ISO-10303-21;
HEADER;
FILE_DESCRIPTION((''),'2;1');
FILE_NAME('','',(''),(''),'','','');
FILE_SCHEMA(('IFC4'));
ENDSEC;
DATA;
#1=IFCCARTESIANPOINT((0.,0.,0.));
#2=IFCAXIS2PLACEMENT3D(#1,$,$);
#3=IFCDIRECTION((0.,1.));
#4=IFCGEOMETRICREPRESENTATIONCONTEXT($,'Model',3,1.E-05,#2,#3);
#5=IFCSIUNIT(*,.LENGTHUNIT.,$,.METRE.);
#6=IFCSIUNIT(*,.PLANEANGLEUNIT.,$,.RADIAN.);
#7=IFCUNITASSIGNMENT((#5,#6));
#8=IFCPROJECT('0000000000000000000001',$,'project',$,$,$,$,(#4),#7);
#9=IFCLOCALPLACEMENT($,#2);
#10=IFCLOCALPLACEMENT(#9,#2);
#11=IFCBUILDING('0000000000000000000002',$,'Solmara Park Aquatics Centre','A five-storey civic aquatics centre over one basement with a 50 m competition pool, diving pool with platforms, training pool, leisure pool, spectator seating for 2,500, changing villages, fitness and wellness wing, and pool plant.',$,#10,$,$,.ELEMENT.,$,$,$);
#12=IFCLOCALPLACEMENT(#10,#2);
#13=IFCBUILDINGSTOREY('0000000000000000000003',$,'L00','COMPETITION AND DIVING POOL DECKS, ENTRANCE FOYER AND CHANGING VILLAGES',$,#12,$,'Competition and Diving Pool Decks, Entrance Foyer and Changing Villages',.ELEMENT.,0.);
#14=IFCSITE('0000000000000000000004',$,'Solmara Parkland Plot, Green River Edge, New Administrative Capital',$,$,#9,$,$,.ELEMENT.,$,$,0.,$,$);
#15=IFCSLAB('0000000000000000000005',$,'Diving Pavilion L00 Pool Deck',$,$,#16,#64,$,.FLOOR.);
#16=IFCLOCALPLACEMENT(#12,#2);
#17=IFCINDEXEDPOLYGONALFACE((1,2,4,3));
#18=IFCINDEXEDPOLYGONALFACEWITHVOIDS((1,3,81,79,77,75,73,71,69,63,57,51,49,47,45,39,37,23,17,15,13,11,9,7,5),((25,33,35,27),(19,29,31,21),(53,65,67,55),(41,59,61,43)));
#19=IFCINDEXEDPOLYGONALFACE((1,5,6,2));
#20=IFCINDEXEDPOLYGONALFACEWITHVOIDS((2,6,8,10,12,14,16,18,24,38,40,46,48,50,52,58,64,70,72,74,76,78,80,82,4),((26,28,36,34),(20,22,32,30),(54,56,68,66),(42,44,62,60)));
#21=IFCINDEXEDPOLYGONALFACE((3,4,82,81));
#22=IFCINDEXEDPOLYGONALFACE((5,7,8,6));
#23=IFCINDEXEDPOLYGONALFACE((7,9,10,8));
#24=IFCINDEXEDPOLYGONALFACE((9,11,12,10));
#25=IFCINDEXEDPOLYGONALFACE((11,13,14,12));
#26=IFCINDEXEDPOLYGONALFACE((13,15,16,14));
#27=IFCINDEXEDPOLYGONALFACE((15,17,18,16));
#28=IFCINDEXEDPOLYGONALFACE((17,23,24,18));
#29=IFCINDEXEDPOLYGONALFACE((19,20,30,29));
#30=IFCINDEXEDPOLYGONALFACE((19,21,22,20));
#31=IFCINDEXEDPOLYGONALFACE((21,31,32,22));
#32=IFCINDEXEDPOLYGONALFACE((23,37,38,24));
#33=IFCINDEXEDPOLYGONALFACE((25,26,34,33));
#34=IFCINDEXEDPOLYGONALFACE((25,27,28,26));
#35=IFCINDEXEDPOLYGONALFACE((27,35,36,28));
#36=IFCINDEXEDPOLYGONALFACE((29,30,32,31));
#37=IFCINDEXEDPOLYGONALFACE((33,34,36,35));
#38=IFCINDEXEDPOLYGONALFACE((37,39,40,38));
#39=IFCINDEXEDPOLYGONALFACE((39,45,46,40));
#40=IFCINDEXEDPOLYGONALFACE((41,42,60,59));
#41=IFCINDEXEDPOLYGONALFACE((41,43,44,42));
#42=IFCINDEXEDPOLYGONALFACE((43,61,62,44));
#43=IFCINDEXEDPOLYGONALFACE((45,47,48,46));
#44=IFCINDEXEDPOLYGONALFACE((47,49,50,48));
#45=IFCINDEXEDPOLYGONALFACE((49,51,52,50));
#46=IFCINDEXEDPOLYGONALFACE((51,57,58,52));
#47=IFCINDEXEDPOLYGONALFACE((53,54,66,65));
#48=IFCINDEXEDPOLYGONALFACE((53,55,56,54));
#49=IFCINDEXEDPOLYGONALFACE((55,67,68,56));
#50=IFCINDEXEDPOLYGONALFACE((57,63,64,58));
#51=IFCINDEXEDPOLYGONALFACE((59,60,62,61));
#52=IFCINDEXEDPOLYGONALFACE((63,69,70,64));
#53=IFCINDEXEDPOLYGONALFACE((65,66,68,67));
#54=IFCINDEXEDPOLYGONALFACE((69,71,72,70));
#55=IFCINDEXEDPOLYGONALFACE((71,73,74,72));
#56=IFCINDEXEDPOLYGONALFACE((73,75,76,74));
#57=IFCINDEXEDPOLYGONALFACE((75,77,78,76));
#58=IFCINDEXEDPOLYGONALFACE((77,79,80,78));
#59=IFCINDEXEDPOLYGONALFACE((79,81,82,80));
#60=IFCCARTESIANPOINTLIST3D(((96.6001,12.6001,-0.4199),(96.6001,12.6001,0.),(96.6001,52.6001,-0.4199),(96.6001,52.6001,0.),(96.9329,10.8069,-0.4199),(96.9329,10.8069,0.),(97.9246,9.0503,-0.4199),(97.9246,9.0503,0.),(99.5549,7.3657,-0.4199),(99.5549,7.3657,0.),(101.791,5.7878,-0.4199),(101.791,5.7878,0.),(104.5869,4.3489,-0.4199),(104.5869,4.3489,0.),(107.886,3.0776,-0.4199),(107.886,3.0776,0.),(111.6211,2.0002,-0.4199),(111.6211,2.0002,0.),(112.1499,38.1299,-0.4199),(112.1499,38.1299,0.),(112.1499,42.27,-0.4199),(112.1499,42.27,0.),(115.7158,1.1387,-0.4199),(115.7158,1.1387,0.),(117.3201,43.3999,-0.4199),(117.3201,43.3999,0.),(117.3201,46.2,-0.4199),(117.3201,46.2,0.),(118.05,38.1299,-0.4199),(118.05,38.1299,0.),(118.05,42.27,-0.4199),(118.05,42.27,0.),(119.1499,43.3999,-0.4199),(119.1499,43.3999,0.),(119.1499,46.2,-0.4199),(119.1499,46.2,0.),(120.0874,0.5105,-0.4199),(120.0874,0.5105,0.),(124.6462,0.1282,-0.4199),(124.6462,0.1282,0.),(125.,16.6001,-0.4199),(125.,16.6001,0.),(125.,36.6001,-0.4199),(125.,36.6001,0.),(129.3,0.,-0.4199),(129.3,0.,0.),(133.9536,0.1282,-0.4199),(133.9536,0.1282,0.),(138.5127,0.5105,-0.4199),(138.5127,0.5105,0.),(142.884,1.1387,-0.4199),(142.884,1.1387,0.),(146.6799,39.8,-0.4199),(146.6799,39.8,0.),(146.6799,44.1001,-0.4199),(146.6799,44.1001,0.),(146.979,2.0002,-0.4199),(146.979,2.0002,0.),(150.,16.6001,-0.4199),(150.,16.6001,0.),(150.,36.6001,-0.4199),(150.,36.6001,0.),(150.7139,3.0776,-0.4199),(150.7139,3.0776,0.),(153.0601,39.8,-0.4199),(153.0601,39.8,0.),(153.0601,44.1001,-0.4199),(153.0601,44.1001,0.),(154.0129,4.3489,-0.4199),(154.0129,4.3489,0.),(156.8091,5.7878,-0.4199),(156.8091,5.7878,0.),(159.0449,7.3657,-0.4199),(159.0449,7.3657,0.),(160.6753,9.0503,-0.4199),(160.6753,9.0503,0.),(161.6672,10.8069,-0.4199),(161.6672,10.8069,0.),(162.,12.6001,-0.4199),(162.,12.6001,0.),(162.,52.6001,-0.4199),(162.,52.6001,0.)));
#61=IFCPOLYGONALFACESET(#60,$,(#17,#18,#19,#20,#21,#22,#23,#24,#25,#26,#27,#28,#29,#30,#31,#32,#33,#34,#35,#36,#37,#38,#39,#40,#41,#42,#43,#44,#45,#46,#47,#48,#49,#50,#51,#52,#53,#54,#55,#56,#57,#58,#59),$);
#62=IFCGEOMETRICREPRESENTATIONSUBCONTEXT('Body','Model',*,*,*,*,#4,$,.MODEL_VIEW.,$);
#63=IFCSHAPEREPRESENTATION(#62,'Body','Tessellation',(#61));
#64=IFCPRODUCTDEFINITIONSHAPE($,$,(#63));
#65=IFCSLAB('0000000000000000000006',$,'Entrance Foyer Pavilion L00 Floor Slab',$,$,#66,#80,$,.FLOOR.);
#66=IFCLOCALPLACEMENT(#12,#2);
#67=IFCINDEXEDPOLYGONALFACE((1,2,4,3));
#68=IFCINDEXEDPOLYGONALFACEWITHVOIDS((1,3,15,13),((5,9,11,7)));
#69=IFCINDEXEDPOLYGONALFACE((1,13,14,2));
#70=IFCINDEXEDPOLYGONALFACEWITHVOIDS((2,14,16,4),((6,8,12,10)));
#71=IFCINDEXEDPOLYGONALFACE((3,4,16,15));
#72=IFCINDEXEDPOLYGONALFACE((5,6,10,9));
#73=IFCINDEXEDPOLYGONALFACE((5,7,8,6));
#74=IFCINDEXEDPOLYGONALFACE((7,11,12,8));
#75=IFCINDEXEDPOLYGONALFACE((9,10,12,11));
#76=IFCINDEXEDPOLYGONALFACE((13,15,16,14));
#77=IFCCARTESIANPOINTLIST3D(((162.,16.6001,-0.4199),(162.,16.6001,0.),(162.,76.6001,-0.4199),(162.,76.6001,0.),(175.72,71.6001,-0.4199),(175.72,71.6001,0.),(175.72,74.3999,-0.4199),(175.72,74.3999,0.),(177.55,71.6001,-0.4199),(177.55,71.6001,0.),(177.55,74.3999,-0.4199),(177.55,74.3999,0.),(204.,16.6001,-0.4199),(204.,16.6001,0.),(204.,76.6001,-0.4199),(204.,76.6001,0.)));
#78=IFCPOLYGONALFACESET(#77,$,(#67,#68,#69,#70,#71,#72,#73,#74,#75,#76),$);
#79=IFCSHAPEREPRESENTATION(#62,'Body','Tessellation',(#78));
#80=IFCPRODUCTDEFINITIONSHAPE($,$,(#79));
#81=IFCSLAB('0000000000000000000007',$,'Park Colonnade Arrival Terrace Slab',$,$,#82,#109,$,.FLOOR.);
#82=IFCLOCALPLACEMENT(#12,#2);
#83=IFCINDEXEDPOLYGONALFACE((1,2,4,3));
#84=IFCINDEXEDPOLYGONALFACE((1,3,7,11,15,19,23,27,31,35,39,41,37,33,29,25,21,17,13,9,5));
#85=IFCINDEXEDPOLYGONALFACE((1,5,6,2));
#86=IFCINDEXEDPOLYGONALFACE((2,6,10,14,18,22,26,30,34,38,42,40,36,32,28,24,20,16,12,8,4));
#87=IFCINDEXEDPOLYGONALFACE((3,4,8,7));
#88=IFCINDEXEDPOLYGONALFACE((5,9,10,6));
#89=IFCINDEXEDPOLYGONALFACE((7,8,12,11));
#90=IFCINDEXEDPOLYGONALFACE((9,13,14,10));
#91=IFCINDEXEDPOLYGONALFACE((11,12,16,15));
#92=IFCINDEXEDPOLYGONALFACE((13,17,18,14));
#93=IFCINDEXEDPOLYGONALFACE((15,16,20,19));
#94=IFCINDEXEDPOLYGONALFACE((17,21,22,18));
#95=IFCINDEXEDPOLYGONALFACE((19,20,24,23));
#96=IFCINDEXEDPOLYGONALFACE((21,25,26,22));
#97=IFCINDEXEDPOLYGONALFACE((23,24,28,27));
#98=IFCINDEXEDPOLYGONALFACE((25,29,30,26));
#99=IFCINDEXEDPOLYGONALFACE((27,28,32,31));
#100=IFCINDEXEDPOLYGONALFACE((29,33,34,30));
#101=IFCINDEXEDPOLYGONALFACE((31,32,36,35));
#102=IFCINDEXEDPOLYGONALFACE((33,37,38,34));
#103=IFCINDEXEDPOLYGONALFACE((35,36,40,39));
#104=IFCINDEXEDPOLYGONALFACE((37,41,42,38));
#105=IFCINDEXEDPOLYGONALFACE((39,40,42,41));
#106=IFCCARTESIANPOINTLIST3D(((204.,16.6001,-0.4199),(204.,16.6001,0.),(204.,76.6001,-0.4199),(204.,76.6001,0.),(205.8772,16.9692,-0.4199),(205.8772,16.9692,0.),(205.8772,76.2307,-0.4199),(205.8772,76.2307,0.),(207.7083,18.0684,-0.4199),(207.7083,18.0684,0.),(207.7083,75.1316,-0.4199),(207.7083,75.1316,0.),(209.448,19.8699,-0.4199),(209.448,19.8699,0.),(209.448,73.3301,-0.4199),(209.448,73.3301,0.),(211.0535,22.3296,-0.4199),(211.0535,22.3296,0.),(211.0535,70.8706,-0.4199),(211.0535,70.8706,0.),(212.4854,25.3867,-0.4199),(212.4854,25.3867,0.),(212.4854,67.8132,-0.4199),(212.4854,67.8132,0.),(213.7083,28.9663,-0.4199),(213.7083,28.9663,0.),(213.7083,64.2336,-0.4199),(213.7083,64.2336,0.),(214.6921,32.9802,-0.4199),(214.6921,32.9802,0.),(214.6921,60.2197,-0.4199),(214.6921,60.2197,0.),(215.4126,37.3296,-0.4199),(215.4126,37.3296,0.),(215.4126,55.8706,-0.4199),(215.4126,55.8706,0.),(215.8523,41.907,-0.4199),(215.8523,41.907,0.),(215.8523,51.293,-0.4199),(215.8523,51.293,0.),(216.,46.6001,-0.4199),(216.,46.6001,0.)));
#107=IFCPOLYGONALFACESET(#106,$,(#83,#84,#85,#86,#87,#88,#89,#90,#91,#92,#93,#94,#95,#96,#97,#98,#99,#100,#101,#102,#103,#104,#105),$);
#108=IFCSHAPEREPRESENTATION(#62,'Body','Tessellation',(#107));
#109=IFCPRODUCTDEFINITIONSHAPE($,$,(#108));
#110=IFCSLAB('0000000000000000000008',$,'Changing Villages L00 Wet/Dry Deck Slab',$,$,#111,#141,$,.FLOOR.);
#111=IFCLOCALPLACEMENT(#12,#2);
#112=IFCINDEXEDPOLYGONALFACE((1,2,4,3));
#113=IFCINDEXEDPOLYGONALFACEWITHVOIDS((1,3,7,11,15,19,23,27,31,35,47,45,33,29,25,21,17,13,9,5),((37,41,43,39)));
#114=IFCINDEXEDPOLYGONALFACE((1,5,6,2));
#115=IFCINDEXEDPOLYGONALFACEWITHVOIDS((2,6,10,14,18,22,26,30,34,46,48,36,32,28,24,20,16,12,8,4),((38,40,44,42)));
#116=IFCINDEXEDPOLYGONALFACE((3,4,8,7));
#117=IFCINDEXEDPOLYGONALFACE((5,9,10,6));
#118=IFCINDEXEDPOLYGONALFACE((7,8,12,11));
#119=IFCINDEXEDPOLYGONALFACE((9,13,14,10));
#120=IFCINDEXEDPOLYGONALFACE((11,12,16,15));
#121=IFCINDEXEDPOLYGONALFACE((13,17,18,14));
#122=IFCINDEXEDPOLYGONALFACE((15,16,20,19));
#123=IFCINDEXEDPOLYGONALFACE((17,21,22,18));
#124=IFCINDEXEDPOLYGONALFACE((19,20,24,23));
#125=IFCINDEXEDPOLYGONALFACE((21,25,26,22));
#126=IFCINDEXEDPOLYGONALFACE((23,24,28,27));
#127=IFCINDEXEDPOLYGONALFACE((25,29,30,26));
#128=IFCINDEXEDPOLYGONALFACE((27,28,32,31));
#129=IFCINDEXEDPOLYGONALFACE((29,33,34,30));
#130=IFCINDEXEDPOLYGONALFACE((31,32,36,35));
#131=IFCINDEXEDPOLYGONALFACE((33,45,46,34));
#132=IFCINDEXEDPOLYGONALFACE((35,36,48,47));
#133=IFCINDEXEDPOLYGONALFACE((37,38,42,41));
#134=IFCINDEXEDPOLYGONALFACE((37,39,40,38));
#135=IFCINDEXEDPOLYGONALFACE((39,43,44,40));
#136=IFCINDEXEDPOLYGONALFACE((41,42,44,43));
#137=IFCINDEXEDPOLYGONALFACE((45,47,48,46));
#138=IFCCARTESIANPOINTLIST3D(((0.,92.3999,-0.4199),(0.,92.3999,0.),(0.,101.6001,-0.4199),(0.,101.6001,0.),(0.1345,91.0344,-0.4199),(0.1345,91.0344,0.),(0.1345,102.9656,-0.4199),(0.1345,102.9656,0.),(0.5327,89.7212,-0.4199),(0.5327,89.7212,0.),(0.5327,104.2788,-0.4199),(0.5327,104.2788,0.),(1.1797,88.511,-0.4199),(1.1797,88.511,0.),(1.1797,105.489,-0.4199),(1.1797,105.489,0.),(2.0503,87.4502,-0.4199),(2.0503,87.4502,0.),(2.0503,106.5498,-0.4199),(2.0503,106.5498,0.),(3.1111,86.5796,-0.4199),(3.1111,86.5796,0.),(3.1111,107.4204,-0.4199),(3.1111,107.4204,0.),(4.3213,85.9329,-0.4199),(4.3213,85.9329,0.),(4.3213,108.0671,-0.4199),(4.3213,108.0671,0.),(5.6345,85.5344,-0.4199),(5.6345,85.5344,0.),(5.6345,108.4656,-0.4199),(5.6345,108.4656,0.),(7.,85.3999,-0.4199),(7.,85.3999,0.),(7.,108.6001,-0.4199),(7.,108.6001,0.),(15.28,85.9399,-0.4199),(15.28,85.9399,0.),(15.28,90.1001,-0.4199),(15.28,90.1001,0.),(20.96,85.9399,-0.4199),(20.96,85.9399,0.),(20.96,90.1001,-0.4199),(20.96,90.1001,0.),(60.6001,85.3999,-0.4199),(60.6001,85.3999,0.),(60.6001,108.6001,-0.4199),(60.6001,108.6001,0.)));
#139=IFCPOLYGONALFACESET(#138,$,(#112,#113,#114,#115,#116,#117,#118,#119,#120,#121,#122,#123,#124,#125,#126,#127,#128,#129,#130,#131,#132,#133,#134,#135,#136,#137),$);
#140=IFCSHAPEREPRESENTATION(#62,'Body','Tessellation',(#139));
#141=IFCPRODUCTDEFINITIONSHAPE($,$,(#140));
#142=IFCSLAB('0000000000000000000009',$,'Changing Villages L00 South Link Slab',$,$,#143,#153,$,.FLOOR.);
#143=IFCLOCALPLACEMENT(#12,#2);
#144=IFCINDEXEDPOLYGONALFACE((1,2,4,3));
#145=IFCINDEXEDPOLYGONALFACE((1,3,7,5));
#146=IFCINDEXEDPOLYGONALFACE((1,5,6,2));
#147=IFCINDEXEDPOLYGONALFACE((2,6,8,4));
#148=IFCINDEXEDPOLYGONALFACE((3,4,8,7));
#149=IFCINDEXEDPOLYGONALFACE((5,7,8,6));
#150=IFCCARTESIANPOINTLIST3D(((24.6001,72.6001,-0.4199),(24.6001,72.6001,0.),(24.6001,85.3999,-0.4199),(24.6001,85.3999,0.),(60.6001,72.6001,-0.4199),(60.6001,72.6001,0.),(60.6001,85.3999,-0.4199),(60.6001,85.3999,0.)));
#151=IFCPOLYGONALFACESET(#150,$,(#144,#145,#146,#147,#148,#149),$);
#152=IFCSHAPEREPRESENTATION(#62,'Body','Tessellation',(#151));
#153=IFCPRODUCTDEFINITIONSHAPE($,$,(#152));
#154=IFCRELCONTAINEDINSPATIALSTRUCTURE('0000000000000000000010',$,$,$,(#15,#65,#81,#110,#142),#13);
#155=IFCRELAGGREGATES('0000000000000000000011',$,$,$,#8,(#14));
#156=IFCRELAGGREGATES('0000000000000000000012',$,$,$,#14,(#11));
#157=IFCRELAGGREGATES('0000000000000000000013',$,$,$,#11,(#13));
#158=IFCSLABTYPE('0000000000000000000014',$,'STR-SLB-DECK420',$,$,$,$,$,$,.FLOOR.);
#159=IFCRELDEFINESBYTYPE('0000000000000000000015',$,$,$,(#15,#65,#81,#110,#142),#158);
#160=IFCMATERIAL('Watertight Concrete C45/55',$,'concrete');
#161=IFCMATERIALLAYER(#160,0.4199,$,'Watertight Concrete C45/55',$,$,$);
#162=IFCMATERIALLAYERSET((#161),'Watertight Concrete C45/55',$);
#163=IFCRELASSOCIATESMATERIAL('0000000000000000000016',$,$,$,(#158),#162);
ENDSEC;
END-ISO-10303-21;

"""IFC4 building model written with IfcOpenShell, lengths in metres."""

from ifc_helpers import new_model, si_unit, direction, frame, origin, place, context, subcontext, project, spatial, polyline, outline, extrude, material, layer, layer_set, type_object, element, save


model = new_model("IFC4")

# Units and contexts
model_context = context("Model", 3, precision=1e-05, world=origin(), true_north=direction((0.0, 1.0)))
body_context = subcontext(model_context, "Body", "Model", "MODEL_VIEW")
ifc_project = project(units=[si_unit("LENGTHUNIT", "METRE"), si_unit("PLANEANGLEUNIT", "RADIAN")], contexts=[model_context])

# Site, building, storey
site_placement = place(None, origin())
site = spatial("IfcSite", under=ifc_project, at=site_placement, Name="Solmara Parkland Plot, Green River Edge, New Administrative Capital", CompositionType="ELEMENT", RefElevation=0.0)
building_placement = place(site_placement, origin())
building = spatial("IfcBuilding", under=site, at=building_placement, Name="Solmara Park Aquatics Centre", Description="A five-storey civic aquatics centre over one basement with a 50 m competition pool, diving pool with platforms, training pool, leisure pool, spectator seating for 2,500, changing villages, fitness and wellness wing, and pool plant.", CompositionType="ELEMENT")
storey_placement = place(building_placement, origin())
storey = spatial("IfcBuildingStorey", under=building, at=storey_placement, Name="L00", Description="COMPETITION AND DIVING POOL DECKS, ENTRANCE FOYER AND CHANGING VILLAGES", LongName="Competition and Diving Pool Decks, Entrance Foyer and Changing Villages", CompositionType="ELEMENT", Elevation=0.0)

# Slabs
ifc_material_1 = material(Name="Watertight Concrete C45/55", Category="concrete")
ifc_layer_1 = layer(ifc_material_1, 0.4199, Name="Watertight Concrete C45/55")
ifc_layer_set_1 = layer_set([ifc_layer_1], Name="Watertight Concrete C45/55")
slab_type_1 = type_object("IfcSlabType", Name="STR-SLB-DECK420", PredefinedType="FLOOR", material=ifc_layer_set_1)
slab_1_placement = place(storey_placement, frame((0.0, 0.0, -0.4199)))
element("IfcSlab", 1, at=slab_1_placement, inside=storey, type_object=slab_type_1, Name="Diving Pavilion L00 Pool Deck", PredefinedType="FLOOR", context=body_context, shape_type="SweptSolid", body=[
    extrude(outline(polyline([(96.6001, 12.6001), (96.9329, 10.8069), (97.9246, 9.0503), (99.5549, 7.3657), (101.791, 5.7878), (104.5869, 4.3489), (107.886, 3.0776), (111.6211, 2.0002), (115.7158, 1.1387), (120.0874, 0.5105), (124.6462, 0.1282), (129.3, 0.0), (133.9536, 0.1282), (138.5127, 0.5105), (142.884, 1.1387), (146.979, 2.0002), (150.7139, 3.0776), (154.0129, 4.3489), (156.8091, 5.7878), (159.0449, 7.3657), (160.6753, 9.0503), (161.6672, 10.8069), (162.0, 12.6001), (162.0, 52.6001), (96.6001, 52.6001), (96.6001, 12.6001)]), holes=[polyline([(125.0, 16.6001), (150.0, 16.6001), (150.0, 36.6001), (125.0, 36.6001), (125.0, 16.6001)]), polyline([(112.1499, 38.1299), (118.05, 38.1299), (118.05, 42.27), (112.1499, 42.27), (112.1499, 38.1299)]), polyline([(117.3201, 43.3999), (119.1499, 43.3999), (119.1499, 46.2), (117.3201, 46.2), (117.3201, 43.3999)]), polyline([(146.6799, 39.8), (153.0601, 39.8), (153.0601, 44.1001), (146.6799, 44.1001), (146.6799, 39.8)])]), origin(), (0.0, 0.0, 1.0), 0.4199),
])
slab_2_placement = place(storey_placement, frame((0.0, 0.0, -0.4199)))
element("IfcSlab", 2, at=slab_2_placement, inside=storey, type_object=slab_type_1, Name="Entrance Foyer Pavilion L00 Floor Slab", PredefinedType="FLOOR", context=body_context, shape_type="SweptSolid", body=[
    extrude(outline(polyline([(162.0, 16.6001), (204.0, 16.6001), (204.0, 76.6001), (162.0, 76.6001), (162.0, 16.6001)]), holes=[polyline([(175.72, 71.6001), (177.55, 71.6001), (177.55, 74.3999), (175.72, 74.3999), (175.72, 71.6001)])]), origin(), (0.0, 0.0, 1.0), 0.4199),
])
slab_3_placement = place(storey_placement, frame((0.0, 0.0, -0.4199)))
element("IfcSlab", 3, at=slab_3_placement, inside=storey, type_object=slab_type_1, Name="Park Colonnade Arrival Terrace Slab", PredefinedType="FLOOR", context=body_context, shape_type="SweptSolid", body=[
    extrude(outline(polyline([(204.0, 16.6001), (204.0, 16.6001), (205.8772, 16.9692), (207.7083, 18.0684), (209.448, 19.8699), (211.0535, 22.3296), (212.4854, 25.3867), (213.7083, 28.9663), (214.6921, 32.9802), (215.4126, 37.3296), (215.8523, 41.907), (216.0, 46.6001), (215.8523, 51.293), (215.4126, 55.8706), (214.6921, 60.2197), (213.7083, 64.2336), (212.4854, 67.8132), (211.0535, 70.8706), (209.448, 73.3301), (207.7083, 75.1316), (205.8772, 76.2307), (204.0, 76.6001), (204.0, 76.6001), (204.0, 16.6001)])), origin(), (0.0, 0.0, 1.0), 0.4199),
])
slab_4_placement = place(storey_placement, frame((0.0, 0.0, -0.4199)))
element("IfcSlab", 4, at=slab_4_placement, inside=storey, type_object=slab_type_1, Name="Changing Villages L00 Wet/Dry Deck Slab", PredefinedType="FLOOR", context=body_context, shape_type="SweptSolid", body=[
    extrude(outline(polyline([(0.0, 92.3999), (0.1345, 91.0344), (0.5327, 89.7212), (1.1797, 88.511), (2.0503, 87.4502), (3.1111, 86.5796), (4.3213, 85.9329), (5.6345, 85.5344), (7.0, 85.3999), (60.6001, 85.3999), (60.6001, 108.6001), (7.0, 108.6001), (5.6345, 108.4656), (4.3213, 108.0671), (3.1111, 107.4204), (2.0503, 106.5498), (1.1797, 105.489), (0.5327, 104.2788), (0.1345, 102.9656), (0.0, 101.6001), (0.0, 92.3999)]), holes=[polyline([(15.28, 85.9399), (20.96, 85.9399), (20.96, 90.1001), (15.28, 90.1001), (15.28, 85.9399)])]), origin(), (0.0, 0.0, 1.0), 0.4199),
])
slab_5_placement = place(storey_placement, frame((0.0, 0.0, -0.4199)))
element("IfcSlab", 5, at=slab_5_placement, inside=storey, type_object=slab_type_1, Name="Changing Villages L00 South Link Slab", PredefinedType="FLOOR", context=body_context, shape_type="SweptSolid", body=[
    extrude(outline(polyline([(24.6001, 72.6001), (60.6001, 72.6001), (60.6001, 85.3999), (24.6001, 85.3999), (24.6001, 72.6001)])), origin(), (0.0, 0.0, 1.0), 0.4199),
])

save(model, "model.ifc")
